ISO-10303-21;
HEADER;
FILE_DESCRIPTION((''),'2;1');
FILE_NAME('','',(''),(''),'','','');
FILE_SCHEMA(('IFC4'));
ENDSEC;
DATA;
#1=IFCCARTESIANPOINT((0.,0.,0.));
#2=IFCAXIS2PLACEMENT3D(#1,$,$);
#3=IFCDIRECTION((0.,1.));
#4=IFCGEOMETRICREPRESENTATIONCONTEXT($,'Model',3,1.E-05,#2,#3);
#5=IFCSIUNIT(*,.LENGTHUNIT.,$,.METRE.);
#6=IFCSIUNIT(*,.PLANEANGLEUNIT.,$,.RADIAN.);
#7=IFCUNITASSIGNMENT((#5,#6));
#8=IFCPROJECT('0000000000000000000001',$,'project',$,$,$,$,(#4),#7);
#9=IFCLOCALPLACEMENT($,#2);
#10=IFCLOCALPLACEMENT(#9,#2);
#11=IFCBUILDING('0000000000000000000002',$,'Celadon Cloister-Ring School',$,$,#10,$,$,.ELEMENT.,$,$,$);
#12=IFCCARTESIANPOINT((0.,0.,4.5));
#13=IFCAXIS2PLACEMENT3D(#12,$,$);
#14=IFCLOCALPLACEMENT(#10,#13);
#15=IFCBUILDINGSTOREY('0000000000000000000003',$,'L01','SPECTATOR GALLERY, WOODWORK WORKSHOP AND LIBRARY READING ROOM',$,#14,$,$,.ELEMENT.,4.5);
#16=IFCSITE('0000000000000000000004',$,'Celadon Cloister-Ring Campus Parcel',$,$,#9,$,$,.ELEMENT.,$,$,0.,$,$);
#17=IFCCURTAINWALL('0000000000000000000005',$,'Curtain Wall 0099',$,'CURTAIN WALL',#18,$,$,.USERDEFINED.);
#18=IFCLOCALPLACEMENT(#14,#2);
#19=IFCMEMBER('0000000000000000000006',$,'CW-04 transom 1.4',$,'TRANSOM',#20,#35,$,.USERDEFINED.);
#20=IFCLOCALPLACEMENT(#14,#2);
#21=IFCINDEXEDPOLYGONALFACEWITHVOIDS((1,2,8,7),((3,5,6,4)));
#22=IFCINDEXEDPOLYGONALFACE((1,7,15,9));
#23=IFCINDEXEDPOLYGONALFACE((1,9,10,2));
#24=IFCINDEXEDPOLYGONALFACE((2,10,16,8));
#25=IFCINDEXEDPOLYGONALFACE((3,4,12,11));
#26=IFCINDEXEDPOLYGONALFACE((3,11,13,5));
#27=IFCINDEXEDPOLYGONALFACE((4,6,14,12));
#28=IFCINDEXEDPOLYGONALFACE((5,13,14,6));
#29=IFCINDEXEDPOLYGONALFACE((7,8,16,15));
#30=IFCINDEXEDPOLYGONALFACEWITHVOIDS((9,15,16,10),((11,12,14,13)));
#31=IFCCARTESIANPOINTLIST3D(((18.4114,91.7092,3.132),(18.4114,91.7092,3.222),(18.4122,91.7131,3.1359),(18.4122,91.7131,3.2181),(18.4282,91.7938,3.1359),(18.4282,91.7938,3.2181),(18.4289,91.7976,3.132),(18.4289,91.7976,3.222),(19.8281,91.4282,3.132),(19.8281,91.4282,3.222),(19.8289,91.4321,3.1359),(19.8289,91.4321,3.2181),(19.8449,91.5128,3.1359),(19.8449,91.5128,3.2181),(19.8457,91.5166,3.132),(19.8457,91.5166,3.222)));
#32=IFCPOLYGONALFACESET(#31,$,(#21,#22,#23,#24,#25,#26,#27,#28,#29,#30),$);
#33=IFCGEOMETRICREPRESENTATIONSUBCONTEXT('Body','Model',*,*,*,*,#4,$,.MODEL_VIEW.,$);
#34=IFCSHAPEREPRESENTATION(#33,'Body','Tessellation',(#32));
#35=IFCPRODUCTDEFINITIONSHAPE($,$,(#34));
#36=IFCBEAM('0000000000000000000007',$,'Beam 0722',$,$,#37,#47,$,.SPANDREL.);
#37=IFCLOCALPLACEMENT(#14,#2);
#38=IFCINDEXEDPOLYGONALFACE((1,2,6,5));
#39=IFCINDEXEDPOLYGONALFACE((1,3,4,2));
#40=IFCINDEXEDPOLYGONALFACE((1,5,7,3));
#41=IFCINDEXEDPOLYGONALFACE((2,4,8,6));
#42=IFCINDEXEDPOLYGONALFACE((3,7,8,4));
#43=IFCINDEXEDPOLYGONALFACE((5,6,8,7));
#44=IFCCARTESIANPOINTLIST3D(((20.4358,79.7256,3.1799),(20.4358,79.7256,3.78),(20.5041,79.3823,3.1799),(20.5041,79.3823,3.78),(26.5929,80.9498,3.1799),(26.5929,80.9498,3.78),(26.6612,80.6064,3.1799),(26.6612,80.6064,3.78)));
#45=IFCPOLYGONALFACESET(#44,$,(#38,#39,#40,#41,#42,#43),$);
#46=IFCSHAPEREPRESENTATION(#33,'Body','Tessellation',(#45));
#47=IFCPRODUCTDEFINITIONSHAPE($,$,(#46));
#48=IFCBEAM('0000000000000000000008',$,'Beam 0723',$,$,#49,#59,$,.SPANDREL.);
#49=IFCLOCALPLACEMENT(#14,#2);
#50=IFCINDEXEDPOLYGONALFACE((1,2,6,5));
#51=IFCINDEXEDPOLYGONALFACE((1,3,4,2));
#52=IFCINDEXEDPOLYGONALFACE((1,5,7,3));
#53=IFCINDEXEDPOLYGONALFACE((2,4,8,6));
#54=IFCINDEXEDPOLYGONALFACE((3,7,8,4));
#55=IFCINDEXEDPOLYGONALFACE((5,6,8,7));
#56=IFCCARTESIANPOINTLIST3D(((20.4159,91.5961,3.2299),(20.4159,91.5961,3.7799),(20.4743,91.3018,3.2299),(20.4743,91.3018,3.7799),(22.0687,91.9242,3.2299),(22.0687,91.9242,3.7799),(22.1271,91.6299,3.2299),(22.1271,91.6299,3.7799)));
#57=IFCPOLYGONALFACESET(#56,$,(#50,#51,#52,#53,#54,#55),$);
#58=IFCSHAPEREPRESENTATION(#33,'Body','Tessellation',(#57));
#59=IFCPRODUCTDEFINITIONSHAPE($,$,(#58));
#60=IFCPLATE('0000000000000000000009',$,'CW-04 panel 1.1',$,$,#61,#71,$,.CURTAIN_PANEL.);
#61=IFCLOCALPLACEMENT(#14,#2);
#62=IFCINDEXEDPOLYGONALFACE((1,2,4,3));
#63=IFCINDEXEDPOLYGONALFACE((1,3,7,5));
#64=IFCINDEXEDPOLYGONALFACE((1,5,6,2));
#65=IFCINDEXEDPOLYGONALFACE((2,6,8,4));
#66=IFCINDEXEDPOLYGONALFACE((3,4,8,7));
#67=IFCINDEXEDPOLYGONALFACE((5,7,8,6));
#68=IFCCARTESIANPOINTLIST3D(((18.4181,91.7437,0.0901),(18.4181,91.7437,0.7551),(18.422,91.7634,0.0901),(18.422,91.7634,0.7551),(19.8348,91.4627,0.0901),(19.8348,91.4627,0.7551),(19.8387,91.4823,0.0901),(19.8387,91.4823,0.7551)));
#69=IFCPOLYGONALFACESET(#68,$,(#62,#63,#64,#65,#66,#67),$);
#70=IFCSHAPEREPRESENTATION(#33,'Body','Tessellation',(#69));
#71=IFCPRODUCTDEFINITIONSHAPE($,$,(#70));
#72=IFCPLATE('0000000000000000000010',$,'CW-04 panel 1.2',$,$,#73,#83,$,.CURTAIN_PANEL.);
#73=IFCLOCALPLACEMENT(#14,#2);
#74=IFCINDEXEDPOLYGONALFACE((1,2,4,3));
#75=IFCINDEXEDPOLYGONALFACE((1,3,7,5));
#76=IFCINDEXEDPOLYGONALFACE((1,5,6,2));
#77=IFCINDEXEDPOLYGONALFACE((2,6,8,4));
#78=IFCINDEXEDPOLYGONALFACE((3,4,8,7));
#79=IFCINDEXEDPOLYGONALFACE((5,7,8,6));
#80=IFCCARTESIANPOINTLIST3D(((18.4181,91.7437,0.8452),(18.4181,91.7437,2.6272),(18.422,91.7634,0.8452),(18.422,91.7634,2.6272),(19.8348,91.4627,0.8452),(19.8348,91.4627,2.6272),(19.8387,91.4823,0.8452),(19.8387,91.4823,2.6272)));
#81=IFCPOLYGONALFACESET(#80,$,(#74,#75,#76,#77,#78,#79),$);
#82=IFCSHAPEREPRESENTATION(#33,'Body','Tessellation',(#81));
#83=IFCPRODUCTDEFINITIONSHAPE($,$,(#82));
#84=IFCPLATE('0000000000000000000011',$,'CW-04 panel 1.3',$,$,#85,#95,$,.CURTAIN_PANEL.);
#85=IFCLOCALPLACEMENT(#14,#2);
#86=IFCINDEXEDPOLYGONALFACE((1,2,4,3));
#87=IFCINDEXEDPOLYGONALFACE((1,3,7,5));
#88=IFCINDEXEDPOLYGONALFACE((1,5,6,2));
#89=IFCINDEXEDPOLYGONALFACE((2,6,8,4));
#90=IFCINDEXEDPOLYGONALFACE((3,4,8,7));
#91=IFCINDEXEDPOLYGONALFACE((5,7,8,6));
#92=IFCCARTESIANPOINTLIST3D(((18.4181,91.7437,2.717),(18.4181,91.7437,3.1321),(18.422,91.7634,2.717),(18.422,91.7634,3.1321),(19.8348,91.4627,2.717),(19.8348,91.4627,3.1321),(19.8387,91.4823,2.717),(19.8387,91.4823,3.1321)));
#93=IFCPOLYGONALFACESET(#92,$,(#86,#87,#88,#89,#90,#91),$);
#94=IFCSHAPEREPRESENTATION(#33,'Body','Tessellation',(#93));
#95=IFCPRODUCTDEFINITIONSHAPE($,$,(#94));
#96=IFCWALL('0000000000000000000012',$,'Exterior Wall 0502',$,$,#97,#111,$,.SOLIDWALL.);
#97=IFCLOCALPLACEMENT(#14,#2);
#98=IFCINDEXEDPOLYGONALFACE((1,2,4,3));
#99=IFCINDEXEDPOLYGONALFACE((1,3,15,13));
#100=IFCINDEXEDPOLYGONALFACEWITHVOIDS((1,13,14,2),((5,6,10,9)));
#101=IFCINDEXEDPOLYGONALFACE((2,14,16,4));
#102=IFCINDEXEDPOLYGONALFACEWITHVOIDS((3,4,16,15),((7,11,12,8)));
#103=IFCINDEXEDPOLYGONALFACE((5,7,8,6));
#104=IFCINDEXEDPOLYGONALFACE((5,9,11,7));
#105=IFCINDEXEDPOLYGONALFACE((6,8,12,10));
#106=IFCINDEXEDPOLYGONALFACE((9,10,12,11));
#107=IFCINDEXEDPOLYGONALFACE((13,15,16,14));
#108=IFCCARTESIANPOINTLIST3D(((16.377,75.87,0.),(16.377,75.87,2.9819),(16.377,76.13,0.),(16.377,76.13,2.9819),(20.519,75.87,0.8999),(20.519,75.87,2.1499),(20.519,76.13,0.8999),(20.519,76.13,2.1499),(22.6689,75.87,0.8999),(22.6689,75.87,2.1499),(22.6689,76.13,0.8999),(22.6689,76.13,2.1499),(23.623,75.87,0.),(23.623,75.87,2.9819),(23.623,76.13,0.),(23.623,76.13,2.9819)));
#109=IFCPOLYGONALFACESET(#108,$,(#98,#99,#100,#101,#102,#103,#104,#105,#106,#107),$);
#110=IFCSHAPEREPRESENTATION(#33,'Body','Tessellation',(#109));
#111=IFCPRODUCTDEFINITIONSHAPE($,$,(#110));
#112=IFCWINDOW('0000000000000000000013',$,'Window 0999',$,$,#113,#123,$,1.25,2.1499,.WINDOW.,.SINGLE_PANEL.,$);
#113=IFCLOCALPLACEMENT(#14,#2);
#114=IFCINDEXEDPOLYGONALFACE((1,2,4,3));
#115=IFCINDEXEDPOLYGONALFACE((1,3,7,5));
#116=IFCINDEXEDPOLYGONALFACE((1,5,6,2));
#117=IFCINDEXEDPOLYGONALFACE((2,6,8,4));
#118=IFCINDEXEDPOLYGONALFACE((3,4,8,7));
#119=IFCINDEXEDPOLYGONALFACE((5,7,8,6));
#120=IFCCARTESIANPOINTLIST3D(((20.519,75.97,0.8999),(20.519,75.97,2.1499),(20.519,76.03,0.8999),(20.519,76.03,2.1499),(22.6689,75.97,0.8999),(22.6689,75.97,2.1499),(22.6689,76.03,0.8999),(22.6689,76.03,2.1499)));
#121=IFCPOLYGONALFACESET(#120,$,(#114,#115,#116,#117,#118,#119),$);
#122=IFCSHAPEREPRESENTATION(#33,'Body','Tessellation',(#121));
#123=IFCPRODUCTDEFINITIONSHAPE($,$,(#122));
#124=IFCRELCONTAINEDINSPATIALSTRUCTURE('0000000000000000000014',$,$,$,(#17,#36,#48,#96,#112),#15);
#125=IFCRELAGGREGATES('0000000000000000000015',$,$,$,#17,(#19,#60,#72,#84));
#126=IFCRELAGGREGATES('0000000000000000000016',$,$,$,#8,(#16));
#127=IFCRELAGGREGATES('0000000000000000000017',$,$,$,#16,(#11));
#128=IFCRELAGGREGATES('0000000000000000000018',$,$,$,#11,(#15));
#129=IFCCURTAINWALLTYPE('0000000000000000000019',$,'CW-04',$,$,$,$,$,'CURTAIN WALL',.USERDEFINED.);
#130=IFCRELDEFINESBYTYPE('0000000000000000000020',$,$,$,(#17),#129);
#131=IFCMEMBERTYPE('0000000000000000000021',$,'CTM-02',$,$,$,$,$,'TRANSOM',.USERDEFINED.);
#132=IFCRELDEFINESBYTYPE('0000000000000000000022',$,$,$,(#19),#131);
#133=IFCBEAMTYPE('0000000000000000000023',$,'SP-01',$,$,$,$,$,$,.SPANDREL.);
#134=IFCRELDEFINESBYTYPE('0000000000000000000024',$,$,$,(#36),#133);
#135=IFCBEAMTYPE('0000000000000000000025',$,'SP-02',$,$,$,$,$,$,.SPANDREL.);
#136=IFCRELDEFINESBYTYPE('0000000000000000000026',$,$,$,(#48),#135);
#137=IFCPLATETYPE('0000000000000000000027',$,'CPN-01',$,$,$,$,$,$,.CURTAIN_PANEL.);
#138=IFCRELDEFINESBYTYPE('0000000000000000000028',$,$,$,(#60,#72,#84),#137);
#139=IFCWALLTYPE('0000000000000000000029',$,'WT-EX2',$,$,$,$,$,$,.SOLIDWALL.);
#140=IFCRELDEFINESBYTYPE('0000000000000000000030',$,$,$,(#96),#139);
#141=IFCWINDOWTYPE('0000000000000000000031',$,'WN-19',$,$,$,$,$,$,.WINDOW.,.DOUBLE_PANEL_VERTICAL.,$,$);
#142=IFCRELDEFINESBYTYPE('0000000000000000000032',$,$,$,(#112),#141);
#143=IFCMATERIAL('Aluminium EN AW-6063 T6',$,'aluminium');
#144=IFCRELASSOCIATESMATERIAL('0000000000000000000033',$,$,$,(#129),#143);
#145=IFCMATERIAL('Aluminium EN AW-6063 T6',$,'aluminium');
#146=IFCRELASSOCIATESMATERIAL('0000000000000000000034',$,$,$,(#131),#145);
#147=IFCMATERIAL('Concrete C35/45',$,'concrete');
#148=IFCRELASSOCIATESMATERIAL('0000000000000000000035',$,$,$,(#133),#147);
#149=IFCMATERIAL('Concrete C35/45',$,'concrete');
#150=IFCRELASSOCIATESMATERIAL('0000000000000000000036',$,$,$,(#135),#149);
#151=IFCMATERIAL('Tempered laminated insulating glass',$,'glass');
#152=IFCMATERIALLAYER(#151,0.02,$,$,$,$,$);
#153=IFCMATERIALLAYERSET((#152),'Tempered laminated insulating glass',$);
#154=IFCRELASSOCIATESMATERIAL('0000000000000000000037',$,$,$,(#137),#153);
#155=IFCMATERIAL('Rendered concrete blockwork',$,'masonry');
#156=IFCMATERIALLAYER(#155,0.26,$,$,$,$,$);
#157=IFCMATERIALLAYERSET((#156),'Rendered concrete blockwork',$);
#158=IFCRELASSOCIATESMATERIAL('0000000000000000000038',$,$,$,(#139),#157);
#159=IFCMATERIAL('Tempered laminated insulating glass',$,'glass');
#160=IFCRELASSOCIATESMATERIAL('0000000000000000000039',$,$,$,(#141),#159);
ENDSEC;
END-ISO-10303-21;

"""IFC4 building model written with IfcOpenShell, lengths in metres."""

from ifc_helpers import new_model, si_unit, direction, frame, frame_2d, origin, origin_2d, place, context, subcontext, project, spatial, rectangle, hollow_rectangle, extrude, material, layer, layer_set, material_profile, profile_set, type_object, element, fill, aggregate, save


model = new_model("IFC4")

# Units and contexts
model_context = context("Model", 3, precision=1e-05, world=origin(), true_north=direction((0.0, 1.0)))
body_context = subcontext(model_context, "Body", "Model", "MODEL_VIEW")
ifc_project = project(units=[si_unit("LENGTHUNIT", "METRE"), si_unit("PLANEANGLEUNIT", "RADIAN")], contexts=[model_context])

# Site, building, storey
site_placement = place(None, origin())
site = spatial("IfcSite", under=ifc_project, at=site_placement, Name="Celadon Cloister-Ring Campus Parcel", CompositionType="ELEMENT", RefElevation=0.0)
building_placement = place(site_placement, origin())
building = spatial("IfcBuilding", under=site, at=building_placement, Name="Celadon Cloister-Ring School", CompositionType="ELEMENT")
storey_placement = place(building_placement, frame((0.0, 0.0, 4.5)))
storey = spatial("IfcBuildingStorey", under=building, at=storey_placement, Name="L01", Description="SPECTATOR GALLERY, WOODWORK WORKSHOP AND LIBRARY READING ROOM", CompositionType="ELEMENT", Elevation=4.5)

# Curtain wall, member
ifc_material_1 = material(Name="Aluminium EN AW-6063 T6", Category="aluminium")
curtain_wall_type = type_object("IfcCurtainWallType", Name="CW-04", ElementType="CURTAIN WALL", PredefinedType="USERDEFINED", material=ifc_material_1)
curtain_wall_placement = place(storey_placement, origin())
curtain_wall = element("IfcCurtainWall", 1, at=curtain_wall_placement, inside=storey, type_object=curtain_wall_type, Name="Curtain Wall 0099", ObjectType="CURTAIN WALL", PredefinedType="USERDEFINED")
ifc_material_2 = material(Name="Aluminium EN AW-6063 T6", Category="aluminium")
ifc_material_profile_1 = material_profile(ifc_material_2, hollow_rectangle(XDim=0.0901, YDim=0.0901, WallThickness=0.0039, at=origin_2d()), Name="RHS90X90X4")
ifc_profile_set_1 = profile_set([ifc_material_profile_1], Name="Aluminium EN AW-6063 T6")
member_type_1 = type_object("IfcMemberType", Name="CTM-02", ElementType="TRANSOM", PredefinedType="USERDEFINED", material=ifc_profile_set_1)
member_1_placement = place(storey_placement, frame((18.4202, 91.7534, 3.177), z_axis=(0.980891, -0.194556, 0.0), x_axis=(0.194556, 0.980891, 0.0)))
member_1 = element("IfcMember", 2, at=member_1_placement, type_object=member_type_1, Name="CW-04 transom 1.4", ObjectType="TRANSOM", PredefinedType="USERDEFINED", context=body_context, shape_type="SweptSolid", body=[
    extrude(hollow_rectangle(XDim=0.0901, YDim=0.0901, WallThickness=0.0039, at=origin_2d()), origin(), (0.0, 0.0, 1.0), 1.4443),
])

# Beams
ifc_material_3 = material(Name="Concrete C35/45", Category="concrete")
ifc_material_profile_2 = material_profile(ifc_material_3, rectangle(XDim=0.3501, YDim=0.6001, at=origin_2d()), Name="RC350X600")
ifc_profile_set_2 = profile_set([ifc_material_profile_2], Name="Concrete C35/45")
beam_type_1 = type_object("IfcBeamType", Name="SP-01", PredefinedType="SPANDREL", material=ifc_profile_set_2)
beam_1_placement = place(storey_placement, frame((20.47, 79.554, 3.48), z_axis=(0.980803, 0.195002, 0.0), x_axis=(-0.195002, 0.980803, 0.0)))
element("IfcBeam", 3, at=beam_1_placement, inside=storey, type_object=beam_type_1, Name="Beam 0722", PredefinedType="SPANDREL", context=body_context, shape_type="SweptSolid", body=[
    extrude(rectangle(XDim=0.3501, YDim=0.6001, at=origin_2d()), origin(), (0.0, 0.0, 1.0), 6.2776),
])
ifc_material_4 = material(Name="Concrete C35/45", Category="concrete")
ifc_material_profile_3 = material_profile(ifc_material_4, rectangle(XDim=0.3, YDim=0.55, at=origin_2d()), Name="RC300X550")
ifc_profile_set_3 = profile_set([ifc_material_profile_3], Name="Concrete C35/45")
beam_type_2 = type_object("IfcBeamType", Name="SP-02", PredefinedType="SPANDREL", material=ifc_profile_set_3)
beam_2_placement = place(storey_placement, frame((20.4451, 91.449, 3.5049), z_axis=(0.980858, 0.194723, 0.0), x_axis=(-0.194723, 0.980858, 0.0)))
element("IfcBeam", 4, at=beam_2_placement, inside=storey, type_object=beam_type_2, Name="Beam 0723", PredefinedType="SPANDREL", context=body_context, shape_type="SweptSolid", body=[
    extrude(rectangle(XDim=0.3, YDim=0.55, at=origin_2d()), origin(), (0.0, 0.0, 1.0), 1.6851),
])

# Plates
ifc_material_5 = material(Name="Tempered laminated insulating glass", Category="glass")
ifc_layer_1 = layer(ifc_material_5, 0.02)
ifc_layer_set_1 = layer_set([ifc_layer_1], Name="Tempered laminated insulating glass")
plate_type = type_object("IfcPlateType", Name="CPN-01", PredefinedType="CURTAIN_PANEL", material=ifc_layer_set_1)
plate_1_placement = place(storey_placement, frame((19.1284, 91.613, 0.0901), z_axis=(0.0, 0.0, 1.0), x_axis=(0.980885, -0.194586, 0.0)))
plate_1 = element("IfcPlate", 5, at=plate_1_placement, type_object=plate_type, Name="CW-04 panel 1.1", PredefinedType="CURTAIN_PANEL", context=body_context, shape_type="SweptSolid", body=[
    extrude(rectangle(XDim=1.4443, YDim=0.02, at=origin_2d()), origin(), (0.0, 0.0, 1.0), 0.665),
])
plate_2_placement = place(storey_placement, frame((19.1284, 91.613, 0.8452), z_axis=(0.0, 0.0, 1.0), x_axis=(0.980885, -0.194586, 0.0)))
plate_2 = element("IfcPlate", 6, at=plate_2_placement, type_object=plate_type, Name="CW-04 panel 1.2", PredefinedType="CURTAIN_PANEL", context=body_context, shape_type="SweptSolid", body=[
    extrude(rectangle(XDim=1.4443, YDim=0.02, at=origin_2d()), origin(), (0.0, 0.0, 1.0), 1.782),
])
plate_3_placement = place(storey_placement, frame((19.1284, 91.613, 2.717), z_axis=(0.0, 0.0, 1.0), x_axis=(0.980885, -0.194586, 0.0)))
plate_3 = element("IfcPlate", 7, at=plate_3_placement, type_object=plate_type, Name="CW-04 panel 1.3", PredefinedType="CURTAIN_PANEL", context=body_context, shape_type="SweptSolid", body=[
    extrude(rectangle(XDim=1.4443, YDim=0.02, at=origin_2d()), origin(), (0.0, 0.0, 1.0), 0.415),
])
aggregate(curtain_wall, [member_1, plate_1, plate_2, plate_3])

# Wall, opening, window
ifc_material_6 = material(Name="Rendered concrete blockwork", Category="masonry")
ifc_layer_2 = layer(ifc_material_6, 0.26)
ifc_layer_set_2 = layer_set([ifc_layer_2], Name="Rendered concrete blockwork")
wall_type_1 = type_object("IfcWallType", Name="WT-EX2", PredefinedType="SOLIDWALL", material=ifc_layer_set_2)
wall_1_placement = place(storey_placement, frame((16.377, 76.0, 0.0), z_axis=(0.0, 0.0, 1.0), x_axis=(1.0, 0.0, 0.0)))
wall_1 = element("IfcWall", 8, at=wall_1_placement, inside=storey, type_object=wall_type_1, Name="Exterior Wall 0502", PredefinedType="SOLIDWALL", context=body_context, shape_type="SweptSolid", body=[
    extrude(rectangle(XDim=7.2461, YDim=0.26, at=frame_2d((3.623, 0.0))), origin(), (0.0, 0.0, 1.0), 2.9819),
])
opening_1_placement = place(wall_1_placement, frame((4.1421, 0.0, 0.8999)))
opening_1 = element("IfcOpeningElement", 9, at=opening_1_placement, cuts=wall_1, PredefinedType="OPENING", context=body_context, shape_type="SweptSolid", body=[
    extrude(rectangle(XDim=2.1499, YDim=1.25, at=frame_2d((1.075, 0.625))), frame((0.0, 0.1401, 0.0), z_axis=(0.0, -1.0, 0.0), x_axis=(1.0, 0.0, 0.0)), (0.0, 0.0, 1.0), 0.28),
])
ifc_material_7 = material(Name="Tempered laminated insulating glass", Category="glass")
window_type_1 = type_object("IfcWindowType", Name="WN-19", PartitioningType="DOUBLE_PANEL_VERTICAL", PredefinedType="WINDOW", material=ifc_material_7)
window_1_placement = place(opening_1_placement, origin())
window_1 = element("IfcWindow", 10, at=window_1_placement, inside=storey, type_object=window_type_1, Name="Window 0999", OverallHeight=1.25, OverallWidth=2.1499, PartitioningType="SINGLE_PANEL", PredefinedType="WINDOW", context=body_context, shape_type="SweptSolid", body=[
    extrude(rectangle(XDim=2.1499, YDim=1.25, at=frame_2d((1.075, 0.625))), frame((0.0, 0.03, 0.0), z_axis=(0.0, -1.0, 0.0), x_axis=(1.0, 0.0, 0.0)), (0.0, 0.0, 1.0), 0.0601),
])
fill(opening_1, window_1)

save(model, "model.ifc")
